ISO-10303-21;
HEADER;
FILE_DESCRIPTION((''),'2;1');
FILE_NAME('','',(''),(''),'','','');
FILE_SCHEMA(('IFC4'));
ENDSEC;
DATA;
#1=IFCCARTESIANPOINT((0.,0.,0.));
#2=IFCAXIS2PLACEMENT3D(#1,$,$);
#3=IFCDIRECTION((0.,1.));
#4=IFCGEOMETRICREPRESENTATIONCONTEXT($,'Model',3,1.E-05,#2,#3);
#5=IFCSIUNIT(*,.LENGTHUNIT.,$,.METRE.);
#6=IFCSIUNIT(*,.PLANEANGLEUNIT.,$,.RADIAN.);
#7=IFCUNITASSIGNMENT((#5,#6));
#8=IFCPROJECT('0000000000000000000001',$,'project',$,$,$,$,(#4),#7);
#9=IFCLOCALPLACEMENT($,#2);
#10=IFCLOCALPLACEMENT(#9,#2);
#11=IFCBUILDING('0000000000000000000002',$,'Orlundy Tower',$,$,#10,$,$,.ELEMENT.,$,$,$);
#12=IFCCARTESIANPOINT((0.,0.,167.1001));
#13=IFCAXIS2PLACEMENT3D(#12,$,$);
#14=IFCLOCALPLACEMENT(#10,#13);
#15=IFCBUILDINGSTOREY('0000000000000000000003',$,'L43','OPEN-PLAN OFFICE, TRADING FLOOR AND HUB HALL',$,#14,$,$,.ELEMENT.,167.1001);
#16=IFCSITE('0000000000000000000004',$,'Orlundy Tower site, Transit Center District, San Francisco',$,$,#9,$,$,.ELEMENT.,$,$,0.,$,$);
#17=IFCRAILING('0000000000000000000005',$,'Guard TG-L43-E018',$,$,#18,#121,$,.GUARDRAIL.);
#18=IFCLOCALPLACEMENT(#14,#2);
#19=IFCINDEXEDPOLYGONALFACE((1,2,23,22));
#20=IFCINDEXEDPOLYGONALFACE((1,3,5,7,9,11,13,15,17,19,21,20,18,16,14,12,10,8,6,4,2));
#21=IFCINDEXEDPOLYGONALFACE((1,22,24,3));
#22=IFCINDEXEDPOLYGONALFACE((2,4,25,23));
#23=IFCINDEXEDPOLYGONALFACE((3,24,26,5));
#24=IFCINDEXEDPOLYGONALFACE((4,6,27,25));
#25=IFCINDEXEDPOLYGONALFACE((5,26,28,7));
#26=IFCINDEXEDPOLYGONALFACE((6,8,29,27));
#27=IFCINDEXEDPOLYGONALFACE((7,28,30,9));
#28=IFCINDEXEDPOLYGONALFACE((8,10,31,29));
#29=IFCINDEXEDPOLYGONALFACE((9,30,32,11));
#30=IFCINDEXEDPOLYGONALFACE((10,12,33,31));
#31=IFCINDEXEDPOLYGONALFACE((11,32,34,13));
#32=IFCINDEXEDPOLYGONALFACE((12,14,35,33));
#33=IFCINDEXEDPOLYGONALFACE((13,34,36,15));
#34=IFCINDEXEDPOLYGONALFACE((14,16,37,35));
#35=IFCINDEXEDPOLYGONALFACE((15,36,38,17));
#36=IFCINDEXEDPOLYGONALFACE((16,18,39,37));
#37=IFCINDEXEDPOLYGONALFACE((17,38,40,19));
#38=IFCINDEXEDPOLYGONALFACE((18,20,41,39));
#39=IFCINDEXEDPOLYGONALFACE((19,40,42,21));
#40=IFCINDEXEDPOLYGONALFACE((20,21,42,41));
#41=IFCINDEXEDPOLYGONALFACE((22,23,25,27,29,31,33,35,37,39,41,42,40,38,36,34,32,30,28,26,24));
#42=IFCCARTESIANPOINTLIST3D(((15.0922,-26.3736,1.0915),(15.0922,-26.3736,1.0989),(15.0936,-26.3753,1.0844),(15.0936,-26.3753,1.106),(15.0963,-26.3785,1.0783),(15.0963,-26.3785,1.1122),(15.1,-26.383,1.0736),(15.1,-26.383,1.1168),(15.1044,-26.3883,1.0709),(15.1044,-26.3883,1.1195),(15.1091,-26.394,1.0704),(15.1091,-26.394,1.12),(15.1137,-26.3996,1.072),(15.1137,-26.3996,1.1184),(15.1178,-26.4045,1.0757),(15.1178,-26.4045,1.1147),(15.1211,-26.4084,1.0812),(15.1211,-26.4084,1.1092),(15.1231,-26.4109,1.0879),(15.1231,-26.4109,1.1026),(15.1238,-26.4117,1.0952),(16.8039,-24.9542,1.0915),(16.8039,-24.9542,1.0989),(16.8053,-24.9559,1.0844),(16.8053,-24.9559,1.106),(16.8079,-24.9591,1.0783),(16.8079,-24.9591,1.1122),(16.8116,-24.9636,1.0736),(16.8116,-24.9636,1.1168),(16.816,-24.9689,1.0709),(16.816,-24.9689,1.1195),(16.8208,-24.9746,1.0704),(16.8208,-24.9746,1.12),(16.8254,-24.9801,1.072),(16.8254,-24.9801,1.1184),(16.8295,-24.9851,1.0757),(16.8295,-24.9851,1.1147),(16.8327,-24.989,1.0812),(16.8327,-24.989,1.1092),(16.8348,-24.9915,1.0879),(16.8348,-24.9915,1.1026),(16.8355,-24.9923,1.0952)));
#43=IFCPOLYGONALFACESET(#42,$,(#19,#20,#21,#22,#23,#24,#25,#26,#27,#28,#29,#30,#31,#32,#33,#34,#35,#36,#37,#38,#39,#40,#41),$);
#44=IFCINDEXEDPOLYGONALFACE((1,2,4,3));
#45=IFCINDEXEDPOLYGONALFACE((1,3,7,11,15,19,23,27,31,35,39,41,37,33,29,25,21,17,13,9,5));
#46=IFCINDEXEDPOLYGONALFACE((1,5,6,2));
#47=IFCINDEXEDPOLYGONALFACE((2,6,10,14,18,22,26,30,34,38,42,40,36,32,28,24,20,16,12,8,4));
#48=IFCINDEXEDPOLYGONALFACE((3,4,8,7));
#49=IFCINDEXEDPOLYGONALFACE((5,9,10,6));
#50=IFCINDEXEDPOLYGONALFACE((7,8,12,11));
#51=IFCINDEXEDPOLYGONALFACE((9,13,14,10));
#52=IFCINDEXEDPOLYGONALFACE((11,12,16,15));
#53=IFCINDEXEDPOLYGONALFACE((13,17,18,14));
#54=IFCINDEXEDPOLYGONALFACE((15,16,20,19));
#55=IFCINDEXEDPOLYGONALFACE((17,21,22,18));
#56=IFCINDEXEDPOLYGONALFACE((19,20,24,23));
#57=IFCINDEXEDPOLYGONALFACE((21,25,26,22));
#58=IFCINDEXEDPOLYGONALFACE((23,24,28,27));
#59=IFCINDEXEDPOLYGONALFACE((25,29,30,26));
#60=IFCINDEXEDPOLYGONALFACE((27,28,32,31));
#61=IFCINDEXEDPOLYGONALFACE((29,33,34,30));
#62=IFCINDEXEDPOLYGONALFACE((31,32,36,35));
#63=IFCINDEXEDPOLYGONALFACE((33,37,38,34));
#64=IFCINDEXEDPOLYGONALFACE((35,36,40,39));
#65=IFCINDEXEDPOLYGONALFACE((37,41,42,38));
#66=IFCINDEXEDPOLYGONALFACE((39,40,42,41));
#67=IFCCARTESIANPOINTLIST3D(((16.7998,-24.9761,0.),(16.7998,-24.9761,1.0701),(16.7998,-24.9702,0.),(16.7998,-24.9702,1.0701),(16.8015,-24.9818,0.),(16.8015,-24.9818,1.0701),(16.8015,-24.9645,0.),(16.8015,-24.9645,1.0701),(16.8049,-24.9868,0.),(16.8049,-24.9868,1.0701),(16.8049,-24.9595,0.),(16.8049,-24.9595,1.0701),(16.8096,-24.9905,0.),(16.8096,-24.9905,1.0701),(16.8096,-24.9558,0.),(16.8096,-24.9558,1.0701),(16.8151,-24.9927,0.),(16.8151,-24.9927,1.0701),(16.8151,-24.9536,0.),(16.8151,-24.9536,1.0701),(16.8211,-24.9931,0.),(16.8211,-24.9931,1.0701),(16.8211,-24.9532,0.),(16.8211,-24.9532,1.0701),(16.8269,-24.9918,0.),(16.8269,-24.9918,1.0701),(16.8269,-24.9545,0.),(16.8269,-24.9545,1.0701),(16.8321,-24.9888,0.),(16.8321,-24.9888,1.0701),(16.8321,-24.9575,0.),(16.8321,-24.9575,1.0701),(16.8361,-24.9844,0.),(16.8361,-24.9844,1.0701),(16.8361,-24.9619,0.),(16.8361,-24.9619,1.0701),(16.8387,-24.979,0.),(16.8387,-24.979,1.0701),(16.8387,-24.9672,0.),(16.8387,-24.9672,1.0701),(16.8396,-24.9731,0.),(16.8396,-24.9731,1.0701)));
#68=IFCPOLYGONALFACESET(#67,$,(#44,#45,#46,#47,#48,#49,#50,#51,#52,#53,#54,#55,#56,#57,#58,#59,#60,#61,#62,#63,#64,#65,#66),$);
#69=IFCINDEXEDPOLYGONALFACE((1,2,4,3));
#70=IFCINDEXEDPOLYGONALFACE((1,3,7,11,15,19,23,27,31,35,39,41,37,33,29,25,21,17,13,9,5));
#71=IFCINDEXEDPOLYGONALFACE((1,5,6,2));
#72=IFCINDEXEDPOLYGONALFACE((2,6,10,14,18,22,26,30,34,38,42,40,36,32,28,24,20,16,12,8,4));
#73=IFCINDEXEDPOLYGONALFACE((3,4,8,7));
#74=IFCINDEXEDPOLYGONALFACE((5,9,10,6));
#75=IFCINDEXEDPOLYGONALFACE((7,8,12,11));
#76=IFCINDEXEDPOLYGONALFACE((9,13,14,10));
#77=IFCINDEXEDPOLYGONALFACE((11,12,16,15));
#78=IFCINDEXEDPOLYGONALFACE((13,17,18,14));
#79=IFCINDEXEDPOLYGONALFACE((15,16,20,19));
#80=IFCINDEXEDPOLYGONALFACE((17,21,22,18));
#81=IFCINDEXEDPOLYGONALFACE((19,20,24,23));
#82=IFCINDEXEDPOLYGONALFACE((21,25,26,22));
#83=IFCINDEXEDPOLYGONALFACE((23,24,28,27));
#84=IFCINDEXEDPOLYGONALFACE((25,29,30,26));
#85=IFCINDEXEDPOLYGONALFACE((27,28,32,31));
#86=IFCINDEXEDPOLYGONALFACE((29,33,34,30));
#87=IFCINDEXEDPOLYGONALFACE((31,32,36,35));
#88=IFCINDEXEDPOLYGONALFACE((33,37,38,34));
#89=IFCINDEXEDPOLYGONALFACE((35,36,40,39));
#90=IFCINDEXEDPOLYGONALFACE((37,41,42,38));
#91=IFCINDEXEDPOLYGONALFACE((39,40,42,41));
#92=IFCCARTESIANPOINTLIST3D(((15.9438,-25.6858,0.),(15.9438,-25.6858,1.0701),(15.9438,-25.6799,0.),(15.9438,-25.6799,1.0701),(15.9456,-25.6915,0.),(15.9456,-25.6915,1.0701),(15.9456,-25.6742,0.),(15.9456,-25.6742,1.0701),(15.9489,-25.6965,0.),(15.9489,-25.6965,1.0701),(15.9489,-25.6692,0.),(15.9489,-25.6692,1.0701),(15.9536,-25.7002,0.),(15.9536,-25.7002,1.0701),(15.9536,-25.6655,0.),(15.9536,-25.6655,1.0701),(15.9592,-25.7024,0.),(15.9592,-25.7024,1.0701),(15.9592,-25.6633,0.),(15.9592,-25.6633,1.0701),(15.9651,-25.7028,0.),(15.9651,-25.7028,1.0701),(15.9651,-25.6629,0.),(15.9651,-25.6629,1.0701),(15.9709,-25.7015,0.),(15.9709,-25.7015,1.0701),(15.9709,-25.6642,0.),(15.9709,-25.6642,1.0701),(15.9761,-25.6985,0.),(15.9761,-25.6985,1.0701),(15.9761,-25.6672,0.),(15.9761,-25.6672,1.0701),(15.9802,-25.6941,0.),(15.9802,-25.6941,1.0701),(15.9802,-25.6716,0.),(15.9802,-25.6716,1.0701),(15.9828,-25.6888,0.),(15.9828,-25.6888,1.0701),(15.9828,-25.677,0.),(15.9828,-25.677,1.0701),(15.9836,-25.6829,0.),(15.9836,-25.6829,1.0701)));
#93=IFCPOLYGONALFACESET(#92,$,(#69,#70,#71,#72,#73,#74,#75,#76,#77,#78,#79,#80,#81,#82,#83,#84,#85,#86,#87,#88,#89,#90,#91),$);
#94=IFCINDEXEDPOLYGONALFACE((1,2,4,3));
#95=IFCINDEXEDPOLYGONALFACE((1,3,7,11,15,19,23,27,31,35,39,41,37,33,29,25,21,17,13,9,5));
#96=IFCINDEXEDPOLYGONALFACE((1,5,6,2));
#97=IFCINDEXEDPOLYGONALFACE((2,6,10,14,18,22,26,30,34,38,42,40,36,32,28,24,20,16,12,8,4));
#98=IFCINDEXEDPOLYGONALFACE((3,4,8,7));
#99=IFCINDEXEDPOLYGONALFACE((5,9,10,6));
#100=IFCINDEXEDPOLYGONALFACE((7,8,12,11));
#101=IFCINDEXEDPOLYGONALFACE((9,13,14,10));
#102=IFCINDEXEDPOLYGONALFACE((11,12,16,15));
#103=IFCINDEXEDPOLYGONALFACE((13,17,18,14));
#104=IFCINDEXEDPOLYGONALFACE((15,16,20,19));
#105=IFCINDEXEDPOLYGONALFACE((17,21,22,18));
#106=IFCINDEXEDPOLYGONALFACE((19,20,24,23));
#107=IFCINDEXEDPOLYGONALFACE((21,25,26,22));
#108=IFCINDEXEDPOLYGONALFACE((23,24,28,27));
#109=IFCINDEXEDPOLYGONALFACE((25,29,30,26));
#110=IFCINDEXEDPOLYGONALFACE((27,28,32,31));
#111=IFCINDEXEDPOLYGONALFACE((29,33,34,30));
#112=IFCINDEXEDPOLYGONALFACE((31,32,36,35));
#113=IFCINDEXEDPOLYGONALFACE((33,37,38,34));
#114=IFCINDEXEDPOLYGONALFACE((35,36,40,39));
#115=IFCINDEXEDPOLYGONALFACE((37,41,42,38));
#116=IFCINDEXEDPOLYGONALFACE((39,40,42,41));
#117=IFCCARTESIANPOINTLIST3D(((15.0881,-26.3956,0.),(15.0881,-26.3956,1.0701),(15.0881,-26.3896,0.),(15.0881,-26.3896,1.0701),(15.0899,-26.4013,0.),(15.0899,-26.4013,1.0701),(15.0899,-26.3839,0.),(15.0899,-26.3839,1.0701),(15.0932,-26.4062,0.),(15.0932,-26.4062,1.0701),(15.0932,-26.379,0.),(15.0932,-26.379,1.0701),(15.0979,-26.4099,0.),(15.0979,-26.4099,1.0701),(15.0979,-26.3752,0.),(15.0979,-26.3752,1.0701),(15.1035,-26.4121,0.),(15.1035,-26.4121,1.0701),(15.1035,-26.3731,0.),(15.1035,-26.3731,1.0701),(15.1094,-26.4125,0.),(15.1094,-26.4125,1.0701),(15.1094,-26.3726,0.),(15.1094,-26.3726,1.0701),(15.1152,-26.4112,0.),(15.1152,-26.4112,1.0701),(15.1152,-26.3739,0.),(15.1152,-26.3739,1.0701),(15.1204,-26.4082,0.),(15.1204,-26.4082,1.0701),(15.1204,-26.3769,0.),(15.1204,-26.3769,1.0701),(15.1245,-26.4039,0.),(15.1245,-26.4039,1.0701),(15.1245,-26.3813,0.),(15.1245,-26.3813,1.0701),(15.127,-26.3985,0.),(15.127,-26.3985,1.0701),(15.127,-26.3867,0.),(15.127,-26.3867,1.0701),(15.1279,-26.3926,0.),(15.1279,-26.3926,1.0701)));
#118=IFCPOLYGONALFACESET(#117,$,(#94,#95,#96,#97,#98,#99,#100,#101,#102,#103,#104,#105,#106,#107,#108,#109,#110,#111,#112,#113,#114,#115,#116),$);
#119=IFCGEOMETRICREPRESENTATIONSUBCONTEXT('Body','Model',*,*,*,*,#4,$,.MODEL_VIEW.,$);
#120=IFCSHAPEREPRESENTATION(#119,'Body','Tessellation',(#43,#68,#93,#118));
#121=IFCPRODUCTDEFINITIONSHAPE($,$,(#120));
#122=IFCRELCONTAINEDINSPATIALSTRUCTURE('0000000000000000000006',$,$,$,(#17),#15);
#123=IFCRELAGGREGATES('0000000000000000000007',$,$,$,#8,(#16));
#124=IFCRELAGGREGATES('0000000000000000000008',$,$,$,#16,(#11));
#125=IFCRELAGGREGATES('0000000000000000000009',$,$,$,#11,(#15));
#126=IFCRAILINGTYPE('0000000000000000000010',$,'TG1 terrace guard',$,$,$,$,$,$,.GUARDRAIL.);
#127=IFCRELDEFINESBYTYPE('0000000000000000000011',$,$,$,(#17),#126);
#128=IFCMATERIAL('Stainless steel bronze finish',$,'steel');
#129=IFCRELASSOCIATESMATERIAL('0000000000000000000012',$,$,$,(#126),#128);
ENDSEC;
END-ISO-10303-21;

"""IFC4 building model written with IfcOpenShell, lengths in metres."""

from ifc_helpers import new_model, si_unit, direction, frame, origin, origin_2d, place, context, subcontext, project, spatial, circle, extrude, material, type_object, element, save


model = new_model("IFC4")

# Units and contexts
model_context = context("Model", 3, precision=1e-05, world=origin(), true_north=direction((0.0, 1.0)))
body_context = subcontext(model_context, "Body", "Model", "MODEL_VIEW")
ifc_project = project(units=[si_unit("LENGTHUNIT", "METRE"), si_unit("PLANEANGLEUNIT", "RADIAN")], contexts=[model_context])

# Site, building, storey
site_placement = place(None, origin())
site = spatial("IfcSite", under=ifc_project, at=site_placement, Name="Orlundy Tower site, Transit Center District, San Francisco", CompositionType="ELEMENT", RefElevation=0.0)
building_placement = place(site_placement, origin())
building = spatial("IfcBuilding", under=site, at=building_placement, Name="Orlundy Tower", CompositionType="ELEMENT")
storey_placement = place(building_placement, frame((0.0, 0.0, 167.1001)))
storey = spatial("IfcBuildingStorey", under=building, at=storey_placement, Name="L43", Description="OPEN-PLAN OFFICE, TRADING FLOOR AND HUB HALL", CompositionType="ELEMENT", Elevation=167.1001)

# Railing
ifc_material_1 = material(Name="Stainless steel bronze finish", Category="steel")
railing_type = type_object("IfcRailingType", Name="TG1 terrace guard", PredefinedType="GUARDRAIL", material=ifc_material_1)
railing_placement = place(storey_placement, frame((16.8196, -24.9731, 0.0)))
element("IfcRailing", 1, at=railing_placement, inside=storey, type_object=railing_type, Name="Guard TG-L43-E018", PredefinedType="GUARDRAIL", context=body_context, shape_type="SweptSolid", body=[
    extrude(circle(Radius=0.0249, at=origin_2d()), frame((0.0, 0.0, 1.0952), z_axis=(-0.769758, -0.638336, 0.0), x_axis=(0.638336, -0.769758, 0.0)), (0.0, 0.0, 1.0), 2.2236),
    extrude(circle(Radius=0.02, at=origin_2d()), origin(), (0.0, 0.0, 1.0), 1.0701),
    extrude(circle(Radius=0.02, at=origin_2d()), frame((-0.856, -0.7097, 0.0)), (0.0, 0.0, 1.0), 1.0701),
    extrude(circle(Radius=0.02, at=origin_2d()), frame((-1.7117, -1.4194, 0.0)), (0.0, 0.0, 1.0), 1.0701),
])

save(model, "model.ifc")
